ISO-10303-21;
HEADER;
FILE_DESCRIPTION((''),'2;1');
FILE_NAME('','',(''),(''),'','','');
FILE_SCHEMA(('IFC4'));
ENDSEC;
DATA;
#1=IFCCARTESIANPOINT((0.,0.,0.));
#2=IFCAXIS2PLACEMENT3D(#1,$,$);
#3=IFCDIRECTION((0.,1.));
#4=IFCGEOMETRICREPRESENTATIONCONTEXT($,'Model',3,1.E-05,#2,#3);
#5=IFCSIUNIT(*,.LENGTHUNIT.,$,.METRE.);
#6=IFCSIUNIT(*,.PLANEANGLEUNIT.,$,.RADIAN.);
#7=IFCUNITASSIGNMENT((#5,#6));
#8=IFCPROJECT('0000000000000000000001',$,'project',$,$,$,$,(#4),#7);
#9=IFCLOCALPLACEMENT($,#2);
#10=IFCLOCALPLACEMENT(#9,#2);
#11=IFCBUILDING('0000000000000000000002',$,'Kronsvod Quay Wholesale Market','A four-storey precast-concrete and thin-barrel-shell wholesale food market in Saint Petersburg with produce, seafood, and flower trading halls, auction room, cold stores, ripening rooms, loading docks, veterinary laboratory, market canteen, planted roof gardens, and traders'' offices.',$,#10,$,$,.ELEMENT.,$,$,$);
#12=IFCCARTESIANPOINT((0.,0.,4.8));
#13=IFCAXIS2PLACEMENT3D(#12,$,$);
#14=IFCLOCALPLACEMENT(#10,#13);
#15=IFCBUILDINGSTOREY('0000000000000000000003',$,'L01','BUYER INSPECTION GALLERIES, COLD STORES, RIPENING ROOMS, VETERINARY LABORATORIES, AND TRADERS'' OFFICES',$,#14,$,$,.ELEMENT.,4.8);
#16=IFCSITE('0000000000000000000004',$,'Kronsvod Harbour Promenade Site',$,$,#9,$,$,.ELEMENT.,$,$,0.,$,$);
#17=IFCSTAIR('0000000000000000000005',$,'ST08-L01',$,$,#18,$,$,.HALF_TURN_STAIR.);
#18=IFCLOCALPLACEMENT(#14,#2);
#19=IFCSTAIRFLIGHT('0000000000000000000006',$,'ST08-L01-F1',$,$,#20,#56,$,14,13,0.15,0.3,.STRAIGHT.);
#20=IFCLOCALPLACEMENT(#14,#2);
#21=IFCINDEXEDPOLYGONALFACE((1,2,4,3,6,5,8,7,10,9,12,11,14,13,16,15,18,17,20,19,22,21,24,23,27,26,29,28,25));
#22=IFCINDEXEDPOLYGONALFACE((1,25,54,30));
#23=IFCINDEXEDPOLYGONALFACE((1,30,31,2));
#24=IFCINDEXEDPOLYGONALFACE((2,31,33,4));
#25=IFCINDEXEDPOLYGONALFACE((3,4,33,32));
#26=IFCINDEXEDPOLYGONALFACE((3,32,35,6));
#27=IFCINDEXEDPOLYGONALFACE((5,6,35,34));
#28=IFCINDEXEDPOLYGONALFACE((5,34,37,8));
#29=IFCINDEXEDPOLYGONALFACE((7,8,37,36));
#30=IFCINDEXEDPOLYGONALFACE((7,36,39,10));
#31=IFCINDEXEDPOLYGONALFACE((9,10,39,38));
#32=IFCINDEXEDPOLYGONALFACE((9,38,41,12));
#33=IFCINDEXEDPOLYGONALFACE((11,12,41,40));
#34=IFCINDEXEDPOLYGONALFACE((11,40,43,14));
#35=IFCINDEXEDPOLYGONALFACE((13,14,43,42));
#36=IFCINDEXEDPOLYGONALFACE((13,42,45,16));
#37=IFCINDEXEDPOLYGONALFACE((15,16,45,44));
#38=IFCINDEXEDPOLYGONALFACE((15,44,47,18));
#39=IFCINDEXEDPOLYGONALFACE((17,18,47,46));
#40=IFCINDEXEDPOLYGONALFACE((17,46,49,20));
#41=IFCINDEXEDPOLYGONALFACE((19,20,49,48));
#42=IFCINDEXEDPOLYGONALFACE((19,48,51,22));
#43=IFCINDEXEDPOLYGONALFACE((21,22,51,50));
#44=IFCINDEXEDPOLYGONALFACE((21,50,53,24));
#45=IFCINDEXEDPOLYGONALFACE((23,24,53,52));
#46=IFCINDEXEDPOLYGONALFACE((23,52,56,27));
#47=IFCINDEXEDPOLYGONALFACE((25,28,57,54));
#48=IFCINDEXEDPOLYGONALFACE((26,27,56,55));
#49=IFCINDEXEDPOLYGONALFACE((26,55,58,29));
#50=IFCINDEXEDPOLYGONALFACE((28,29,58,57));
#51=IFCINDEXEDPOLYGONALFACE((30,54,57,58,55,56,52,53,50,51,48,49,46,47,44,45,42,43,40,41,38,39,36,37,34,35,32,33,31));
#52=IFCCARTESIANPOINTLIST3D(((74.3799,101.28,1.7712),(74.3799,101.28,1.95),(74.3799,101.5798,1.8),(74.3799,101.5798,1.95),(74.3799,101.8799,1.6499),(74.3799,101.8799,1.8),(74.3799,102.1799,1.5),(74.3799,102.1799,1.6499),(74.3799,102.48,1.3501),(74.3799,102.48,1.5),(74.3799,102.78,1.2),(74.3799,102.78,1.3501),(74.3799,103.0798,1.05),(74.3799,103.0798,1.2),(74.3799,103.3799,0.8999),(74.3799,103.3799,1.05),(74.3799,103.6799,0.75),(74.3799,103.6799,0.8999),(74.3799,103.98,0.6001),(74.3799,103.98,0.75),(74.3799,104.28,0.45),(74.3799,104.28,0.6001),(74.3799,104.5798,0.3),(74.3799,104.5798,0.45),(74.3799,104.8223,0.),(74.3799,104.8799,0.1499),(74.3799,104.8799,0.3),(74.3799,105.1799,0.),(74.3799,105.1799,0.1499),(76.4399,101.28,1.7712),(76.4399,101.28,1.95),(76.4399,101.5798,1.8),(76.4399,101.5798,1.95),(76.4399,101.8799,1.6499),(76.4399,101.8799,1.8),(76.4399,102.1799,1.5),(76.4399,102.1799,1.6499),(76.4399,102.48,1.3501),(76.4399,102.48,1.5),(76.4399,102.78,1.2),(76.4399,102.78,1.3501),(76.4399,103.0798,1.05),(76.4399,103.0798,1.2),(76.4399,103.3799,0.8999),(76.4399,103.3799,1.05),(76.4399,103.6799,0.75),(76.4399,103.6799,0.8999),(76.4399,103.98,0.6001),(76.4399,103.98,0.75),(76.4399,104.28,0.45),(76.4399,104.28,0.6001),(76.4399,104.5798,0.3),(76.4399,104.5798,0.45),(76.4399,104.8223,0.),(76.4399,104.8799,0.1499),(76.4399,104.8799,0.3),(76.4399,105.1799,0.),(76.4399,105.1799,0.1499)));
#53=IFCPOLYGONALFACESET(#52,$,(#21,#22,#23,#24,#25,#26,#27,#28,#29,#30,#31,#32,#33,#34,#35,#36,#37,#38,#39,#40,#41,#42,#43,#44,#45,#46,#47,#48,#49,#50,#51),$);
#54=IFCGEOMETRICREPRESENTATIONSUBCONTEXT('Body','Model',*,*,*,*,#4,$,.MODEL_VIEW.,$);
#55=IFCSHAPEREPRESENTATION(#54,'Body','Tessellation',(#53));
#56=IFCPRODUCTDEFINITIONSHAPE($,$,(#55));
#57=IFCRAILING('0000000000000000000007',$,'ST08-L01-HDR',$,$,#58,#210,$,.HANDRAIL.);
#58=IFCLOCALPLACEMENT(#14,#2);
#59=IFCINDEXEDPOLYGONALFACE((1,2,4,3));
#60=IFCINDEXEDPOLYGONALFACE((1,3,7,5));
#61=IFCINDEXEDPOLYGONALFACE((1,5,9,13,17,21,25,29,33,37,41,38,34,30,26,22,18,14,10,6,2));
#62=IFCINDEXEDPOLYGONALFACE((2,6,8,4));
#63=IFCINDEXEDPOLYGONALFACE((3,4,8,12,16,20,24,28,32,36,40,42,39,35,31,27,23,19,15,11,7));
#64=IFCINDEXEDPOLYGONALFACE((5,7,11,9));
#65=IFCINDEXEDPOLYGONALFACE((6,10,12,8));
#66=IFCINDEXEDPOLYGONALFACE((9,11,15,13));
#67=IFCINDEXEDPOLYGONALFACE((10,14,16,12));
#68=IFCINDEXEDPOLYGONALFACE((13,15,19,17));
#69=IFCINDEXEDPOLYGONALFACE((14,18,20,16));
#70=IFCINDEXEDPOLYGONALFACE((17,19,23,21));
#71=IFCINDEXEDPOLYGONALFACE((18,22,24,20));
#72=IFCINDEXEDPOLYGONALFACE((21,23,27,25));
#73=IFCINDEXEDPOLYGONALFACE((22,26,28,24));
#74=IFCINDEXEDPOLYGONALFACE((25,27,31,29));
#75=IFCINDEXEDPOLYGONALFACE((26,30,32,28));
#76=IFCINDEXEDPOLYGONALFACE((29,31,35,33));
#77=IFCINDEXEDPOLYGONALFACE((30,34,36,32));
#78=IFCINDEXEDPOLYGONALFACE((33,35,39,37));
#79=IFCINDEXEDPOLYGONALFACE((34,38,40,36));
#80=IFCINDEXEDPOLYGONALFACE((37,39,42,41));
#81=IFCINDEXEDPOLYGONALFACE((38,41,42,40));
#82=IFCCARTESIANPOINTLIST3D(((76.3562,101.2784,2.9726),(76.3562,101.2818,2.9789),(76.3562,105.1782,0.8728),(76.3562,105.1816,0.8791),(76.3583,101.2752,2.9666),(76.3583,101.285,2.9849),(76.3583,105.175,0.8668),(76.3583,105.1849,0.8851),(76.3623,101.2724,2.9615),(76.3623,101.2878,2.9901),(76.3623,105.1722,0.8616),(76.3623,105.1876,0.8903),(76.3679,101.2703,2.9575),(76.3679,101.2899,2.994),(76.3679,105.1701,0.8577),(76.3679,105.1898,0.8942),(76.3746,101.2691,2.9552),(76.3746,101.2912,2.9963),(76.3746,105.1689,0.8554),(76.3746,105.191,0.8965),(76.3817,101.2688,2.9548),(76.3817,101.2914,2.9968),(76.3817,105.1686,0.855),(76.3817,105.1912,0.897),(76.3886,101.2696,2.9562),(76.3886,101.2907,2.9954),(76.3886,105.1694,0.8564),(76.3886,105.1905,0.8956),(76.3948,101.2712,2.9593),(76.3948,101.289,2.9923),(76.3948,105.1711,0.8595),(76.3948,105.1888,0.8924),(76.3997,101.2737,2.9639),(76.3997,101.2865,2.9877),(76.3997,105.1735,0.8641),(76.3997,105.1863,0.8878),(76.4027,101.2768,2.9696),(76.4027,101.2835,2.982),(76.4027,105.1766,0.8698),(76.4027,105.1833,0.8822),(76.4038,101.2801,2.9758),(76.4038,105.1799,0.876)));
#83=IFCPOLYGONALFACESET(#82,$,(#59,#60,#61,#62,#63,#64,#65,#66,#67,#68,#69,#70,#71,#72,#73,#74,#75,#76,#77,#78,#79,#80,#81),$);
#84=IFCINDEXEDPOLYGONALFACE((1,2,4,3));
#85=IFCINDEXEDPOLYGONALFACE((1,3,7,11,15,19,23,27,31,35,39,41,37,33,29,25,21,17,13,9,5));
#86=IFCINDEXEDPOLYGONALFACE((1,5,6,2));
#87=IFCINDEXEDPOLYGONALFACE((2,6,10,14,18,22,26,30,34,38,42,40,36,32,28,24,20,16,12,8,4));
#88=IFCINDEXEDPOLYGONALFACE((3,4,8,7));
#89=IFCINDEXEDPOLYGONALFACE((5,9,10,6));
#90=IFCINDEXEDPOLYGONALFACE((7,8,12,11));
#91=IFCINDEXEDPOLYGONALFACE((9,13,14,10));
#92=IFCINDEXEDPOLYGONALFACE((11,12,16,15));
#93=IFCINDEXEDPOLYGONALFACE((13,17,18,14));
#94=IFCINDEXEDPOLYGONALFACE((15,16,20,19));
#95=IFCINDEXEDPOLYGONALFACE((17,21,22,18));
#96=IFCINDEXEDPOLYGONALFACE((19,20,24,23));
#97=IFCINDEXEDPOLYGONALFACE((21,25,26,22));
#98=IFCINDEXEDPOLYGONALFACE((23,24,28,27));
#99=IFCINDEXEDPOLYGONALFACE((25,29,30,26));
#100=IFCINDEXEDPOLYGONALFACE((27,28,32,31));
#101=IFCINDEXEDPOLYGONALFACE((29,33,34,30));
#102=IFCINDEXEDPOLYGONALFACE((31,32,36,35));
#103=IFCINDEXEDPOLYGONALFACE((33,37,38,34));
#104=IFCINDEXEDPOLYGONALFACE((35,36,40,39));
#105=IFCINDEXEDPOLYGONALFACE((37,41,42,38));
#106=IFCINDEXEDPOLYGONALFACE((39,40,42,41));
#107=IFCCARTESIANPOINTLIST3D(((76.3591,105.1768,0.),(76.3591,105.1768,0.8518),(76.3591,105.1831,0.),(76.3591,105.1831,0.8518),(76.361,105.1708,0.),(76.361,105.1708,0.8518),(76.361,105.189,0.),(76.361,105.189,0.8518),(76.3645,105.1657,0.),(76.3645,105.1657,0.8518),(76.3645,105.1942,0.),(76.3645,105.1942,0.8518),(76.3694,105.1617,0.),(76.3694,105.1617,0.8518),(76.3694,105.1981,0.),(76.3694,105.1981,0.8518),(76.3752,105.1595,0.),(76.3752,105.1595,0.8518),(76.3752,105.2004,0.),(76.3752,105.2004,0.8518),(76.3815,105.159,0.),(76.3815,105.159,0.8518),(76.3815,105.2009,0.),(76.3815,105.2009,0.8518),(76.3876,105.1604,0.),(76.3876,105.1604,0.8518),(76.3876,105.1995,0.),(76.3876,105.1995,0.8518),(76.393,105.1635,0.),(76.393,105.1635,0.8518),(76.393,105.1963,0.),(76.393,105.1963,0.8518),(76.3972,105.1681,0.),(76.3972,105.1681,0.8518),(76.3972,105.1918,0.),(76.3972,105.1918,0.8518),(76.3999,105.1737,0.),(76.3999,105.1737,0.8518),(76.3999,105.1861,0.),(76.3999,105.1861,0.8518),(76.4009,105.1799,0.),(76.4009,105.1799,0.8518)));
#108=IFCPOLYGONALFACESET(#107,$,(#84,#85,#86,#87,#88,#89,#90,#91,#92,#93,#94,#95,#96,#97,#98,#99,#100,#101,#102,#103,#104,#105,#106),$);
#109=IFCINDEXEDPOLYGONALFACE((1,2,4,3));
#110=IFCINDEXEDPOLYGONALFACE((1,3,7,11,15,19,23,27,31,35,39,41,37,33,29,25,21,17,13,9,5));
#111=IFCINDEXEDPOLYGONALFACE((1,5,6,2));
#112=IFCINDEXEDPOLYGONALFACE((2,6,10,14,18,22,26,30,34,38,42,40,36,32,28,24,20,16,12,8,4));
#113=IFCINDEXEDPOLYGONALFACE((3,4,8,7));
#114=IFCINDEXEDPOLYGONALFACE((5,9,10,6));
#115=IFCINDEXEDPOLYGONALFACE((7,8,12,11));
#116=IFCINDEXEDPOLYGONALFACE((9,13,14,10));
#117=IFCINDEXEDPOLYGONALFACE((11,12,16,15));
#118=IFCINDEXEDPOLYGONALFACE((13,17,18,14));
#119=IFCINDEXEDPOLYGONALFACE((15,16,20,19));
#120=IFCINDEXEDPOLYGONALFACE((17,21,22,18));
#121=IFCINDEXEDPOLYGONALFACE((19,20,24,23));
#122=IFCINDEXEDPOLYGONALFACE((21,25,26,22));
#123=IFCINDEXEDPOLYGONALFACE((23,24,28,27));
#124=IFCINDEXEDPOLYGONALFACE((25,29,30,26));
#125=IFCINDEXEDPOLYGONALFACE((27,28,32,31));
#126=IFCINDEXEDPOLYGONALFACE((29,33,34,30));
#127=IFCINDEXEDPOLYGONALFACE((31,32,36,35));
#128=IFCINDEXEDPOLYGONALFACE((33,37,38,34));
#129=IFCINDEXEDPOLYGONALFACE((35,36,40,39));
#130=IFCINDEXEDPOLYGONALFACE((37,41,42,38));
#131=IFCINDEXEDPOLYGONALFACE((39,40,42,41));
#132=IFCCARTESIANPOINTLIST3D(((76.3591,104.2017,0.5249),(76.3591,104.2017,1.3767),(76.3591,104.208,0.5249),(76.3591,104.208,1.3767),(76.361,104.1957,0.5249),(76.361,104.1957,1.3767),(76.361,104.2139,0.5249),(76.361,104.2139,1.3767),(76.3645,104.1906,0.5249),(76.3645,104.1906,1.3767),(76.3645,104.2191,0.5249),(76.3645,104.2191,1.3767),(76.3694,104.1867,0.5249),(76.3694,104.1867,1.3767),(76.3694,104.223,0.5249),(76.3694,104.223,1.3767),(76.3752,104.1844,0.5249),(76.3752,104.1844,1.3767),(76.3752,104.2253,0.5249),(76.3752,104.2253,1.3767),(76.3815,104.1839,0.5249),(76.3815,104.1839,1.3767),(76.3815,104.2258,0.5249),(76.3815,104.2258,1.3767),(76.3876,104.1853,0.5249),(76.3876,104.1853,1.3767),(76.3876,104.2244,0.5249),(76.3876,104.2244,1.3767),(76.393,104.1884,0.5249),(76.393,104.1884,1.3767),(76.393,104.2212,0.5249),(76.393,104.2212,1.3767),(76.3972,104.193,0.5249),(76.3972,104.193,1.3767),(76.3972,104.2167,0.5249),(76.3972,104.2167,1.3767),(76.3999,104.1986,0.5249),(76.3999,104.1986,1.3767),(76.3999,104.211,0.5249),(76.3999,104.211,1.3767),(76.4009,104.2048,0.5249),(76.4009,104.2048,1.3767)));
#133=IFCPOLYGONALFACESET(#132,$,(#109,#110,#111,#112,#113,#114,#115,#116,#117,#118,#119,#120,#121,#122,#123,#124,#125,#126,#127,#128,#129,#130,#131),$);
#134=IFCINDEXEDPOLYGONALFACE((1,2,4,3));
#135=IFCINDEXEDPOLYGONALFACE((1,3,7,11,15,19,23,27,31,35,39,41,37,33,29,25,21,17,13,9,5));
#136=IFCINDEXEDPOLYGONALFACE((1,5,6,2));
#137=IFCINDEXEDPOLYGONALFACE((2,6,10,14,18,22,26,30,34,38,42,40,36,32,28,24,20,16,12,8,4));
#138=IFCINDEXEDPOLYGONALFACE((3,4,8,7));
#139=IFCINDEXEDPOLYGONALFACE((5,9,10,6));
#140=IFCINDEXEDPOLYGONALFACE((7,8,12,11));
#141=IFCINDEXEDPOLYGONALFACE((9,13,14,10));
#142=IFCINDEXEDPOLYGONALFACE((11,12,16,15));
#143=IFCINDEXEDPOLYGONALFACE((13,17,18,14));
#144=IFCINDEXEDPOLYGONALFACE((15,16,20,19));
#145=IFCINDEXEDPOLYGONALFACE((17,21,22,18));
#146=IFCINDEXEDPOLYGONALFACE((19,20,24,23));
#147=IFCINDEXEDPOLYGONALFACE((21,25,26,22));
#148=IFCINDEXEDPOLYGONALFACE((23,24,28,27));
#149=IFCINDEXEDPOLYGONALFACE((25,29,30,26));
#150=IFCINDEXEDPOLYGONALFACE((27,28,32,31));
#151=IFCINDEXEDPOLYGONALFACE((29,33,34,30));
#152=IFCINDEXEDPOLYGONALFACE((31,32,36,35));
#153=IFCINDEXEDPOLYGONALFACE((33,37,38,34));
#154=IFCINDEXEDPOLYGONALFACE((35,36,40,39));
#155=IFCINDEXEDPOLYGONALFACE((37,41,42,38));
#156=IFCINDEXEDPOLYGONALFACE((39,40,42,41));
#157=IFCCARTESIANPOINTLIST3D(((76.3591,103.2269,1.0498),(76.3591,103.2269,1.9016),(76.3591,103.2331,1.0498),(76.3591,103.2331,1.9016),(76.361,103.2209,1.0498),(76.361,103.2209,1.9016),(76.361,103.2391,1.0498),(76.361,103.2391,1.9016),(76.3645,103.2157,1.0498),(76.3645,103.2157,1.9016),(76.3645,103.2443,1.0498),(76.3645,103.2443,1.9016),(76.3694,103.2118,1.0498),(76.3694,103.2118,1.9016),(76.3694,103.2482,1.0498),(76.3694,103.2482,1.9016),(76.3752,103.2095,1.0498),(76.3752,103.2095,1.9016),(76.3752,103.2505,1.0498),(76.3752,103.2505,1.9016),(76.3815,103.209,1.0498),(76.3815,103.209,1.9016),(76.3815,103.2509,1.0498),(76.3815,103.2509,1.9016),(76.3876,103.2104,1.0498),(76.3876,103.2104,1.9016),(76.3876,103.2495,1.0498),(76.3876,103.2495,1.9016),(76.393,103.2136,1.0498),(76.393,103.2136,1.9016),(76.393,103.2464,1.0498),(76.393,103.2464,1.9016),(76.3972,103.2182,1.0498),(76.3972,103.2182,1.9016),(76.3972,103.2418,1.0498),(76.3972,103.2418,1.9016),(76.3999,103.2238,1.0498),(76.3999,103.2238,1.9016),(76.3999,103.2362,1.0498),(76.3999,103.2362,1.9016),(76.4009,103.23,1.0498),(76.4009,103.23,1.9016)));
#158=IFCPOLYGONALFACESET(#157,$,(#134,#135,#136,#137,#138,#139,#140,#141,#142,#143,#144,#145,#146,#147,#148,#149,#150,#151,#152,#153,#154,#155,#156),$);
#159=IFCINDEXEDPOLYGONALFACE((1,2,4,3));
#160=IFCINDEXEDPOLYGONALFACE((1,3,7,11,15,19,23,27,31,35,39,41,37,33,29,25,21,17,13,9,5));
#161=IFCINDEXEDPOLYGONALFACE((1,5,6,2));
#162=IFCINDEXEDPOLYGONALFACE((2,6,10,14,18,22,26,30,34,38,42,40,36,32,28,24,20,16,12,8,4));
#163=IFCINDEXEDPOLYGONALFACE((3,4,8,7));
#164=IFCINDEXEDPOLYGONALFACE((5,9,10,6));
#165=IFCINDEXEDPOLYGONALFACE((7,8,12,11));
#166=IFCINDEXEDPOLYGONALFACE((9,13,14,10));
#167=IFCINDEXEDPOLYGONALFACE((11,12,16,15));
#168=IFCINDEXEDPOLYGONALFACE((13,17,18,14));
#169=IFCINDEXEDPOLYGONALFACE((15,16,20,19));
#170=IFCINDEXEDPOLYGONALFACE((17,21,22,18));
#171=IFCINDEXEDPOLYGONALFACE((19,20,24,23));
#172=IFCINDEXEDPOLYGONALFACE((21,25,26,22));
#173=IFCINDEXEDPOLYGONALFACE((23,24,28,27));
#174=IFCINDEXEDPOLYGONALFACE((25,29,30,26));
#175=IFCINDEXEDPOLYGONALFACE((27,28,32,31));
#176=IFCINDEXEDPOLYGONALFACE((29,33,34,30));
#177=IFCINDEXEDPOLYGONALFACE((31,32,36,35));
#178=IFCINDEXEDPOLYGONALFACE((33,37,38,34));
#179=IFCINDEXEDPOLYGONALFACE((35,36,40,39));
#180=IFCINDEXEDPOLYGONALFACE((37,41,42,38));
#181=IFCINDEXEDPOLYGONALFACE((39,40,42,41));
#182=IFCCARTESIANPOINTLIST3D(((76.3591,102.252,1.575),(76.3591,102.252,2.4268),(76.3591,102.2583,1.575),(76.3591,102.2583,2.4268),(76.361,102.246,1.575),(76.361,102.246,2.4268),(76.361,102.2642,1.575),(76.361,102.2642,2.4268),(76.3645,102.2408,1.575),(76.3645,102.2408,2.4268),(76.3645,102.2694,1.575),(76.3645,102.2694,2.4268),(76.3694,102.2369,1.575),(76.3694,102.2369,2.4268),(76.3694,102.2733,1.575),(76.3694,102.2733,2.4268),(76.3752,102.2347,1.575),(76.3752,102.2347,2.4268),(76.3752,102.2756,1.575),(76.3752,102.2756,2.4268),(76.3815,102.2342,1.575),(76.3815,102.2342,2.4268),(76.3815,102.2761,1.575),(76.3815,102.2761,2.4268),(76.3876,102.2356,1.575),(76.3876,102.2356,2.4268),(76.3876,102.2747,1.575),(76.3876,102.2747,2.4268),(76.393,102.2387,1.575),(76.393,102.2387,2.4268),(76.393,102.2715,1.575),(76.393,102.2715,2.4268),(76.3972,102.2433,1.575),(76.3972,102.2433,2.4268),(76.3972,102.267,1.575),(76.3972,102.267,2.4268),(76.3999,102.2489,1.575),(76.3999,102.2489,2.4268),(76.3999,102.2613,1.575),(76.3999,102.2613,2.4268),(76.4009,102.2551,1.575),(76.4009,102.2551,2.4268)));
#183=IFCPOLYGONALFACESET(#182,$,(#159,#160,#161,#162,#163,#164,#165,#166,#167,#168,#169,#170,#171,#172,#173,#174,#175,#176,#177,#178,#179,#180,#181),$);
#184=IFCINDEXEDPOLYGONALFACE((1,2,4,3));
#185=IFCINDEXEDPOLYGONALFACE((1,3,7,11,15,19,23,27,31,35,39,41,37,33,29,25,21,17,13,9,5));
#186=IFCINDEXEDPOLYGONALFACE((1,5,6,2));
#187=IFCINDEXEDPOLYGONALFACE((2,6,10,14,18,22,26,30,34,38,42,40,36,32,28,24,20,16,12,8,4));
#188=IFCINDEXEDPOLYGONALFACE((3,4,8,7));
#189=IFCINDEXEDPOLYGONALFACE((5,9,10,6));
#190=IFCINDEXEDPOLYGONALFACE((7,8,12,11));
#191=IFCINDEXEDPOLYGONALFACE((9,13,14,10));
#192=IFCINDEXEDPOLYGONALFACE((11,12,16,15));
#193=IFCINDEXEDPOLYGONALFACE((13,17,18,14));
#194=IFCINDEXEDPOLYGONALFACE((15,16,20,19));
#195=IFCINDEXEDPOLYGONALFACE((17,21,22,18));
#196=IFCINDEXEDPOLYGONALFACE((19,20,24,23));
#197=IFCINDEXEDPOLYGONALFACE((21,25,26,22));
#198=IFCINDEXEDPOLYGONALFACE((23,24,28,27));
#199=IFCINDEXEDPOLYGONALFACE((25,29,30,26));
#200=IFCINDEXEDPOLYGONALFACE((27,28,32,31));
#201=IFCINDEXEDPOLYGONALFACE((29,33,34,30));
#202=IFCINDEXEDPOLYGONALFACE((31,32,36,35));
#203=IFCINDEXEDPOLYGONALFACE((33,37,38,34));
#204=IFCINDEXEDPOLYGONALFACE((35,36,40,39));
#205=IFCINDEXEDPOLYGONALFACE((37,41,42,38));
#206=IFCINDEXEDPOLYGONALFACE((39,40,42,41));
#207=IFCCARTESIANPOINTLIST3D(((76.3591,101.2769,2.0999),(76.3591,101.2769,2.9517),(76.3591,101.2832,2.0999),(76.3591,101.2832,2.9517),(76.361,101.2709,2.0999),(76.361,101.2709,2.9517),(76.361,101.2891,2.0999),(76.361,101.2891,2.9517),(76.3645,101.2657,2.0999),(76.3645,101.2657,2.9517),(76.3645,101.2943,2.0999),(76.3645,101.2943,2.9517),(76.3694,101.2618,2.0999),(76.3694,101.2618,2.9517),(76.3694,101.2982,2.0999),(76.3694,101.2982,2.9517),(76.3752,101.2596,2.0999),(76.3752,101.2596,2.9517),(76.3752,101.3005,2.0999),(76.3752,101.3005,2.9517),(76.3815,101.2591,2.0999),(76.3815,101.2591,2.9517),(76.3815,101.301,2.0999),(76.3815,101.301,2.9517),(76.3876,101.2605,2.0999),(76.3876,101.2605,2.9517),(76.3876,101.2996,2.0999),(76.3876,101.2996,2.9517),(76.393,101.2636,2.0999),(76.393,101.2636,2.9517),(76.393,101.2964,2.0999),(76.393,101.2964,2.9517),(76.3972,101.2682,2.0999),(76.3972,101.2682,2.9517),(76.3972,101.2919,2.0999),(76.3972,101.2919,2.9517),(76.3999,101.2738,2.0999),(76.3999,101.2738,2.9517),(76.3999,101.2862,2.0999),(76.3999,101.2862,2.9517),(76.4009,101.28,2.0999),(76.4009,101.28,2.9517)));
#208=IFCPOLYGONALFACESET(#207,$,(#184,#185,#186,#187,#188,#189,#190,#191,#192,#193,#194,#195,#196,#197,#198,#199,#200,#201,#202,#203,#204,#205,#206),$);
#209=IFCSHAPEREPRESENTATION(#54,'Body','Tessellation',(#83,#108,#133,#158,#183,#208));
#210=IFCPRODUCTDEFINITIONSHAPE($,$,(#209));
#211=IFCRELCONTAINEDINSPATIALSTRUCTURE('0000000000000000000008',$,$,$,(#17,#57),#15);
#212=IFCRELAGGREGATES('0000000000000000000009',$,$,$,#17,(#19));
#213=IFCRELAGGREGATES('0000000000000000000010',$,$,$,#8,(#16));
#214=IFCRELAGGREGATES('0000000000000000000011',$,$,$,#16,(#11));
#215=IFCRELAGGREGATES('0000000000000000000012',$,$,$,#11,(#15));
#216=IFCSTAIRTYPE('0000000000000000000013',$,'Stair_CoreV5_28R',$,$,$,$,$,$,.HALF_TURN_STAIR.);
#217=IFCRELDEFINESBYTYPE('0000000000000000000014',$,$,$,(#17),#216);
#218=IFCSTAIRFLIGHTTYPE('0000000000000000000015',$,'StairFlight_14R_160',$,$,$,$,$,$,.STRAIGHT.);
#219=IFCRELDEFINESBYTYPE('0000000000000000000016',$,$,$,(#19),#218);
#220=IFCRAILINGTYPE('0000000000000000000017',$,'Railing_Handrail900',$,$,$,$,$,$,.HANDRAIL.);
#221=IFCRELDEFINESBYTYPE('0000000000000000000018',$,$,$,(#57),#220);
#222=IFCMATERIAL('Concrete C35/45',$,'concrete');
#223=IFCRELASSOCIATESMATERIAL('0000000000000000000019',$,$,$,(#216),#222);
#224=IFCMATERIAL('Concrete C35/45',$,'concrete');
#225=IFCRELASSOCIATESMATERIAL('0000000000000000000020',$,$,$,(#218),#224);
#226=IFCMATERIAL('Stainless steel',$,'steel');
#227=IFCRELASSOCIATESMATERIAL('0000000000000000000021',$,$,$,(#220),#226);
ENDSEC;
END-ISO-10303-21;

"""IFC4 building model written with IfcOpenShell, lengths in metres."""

from ifc_helpers import new_model, si_unit, direction, frame, origin, origin_2d, place, context, subcontext, project, spatial, polyline, circle, outline, extrude, material, type_object, element, aggregate, save


model = new_model("IFC4")

# Units and contexts
model_context = context("Model", 3, precision=1e-05, world=origin(), true_north=direction((0.0, 1.0)))
body_context = subcontext(model_context, "Body", "Model", "MODEL_VIEW")
ifc_project = project(units=[si_unit("LENGTHUNIT", "METRE"), si_unit("PLANEANGLEUNIT", "RADIAN")], contexts=[model_context])

# Site, building, storey
site_placement = place(None, origin())
site = spatial("IfcSite", under=ifc_project, at=site_placement, Name="Kronsvod Harbour Promenade Site", CompositionType="ELEMENT", RefElevation=0.0)
building_placement = place(site_placement, origin())
building = spatial("IfcBuilding", under=site, at=building_placement, Name="Kronsvod Quay Wholesale Market", Description="A four-storey precast-concrete and thin-barrel-shell wholesale food market in Saint Petersburg with produce, seafood, and flower trading halls, auction room, cold stores, ripening rooms, loading docks, veterinary laboratory, market canteen, planted roof gardens, and traders' offices.", CompositionType="ELEMENT")
storey_placement = place(building_placement, frame((0.0, 0.0, 4.8)))
storey = spatial("IfcBuildingStorey", under=building, at=storey_placement, Name="L01", Description="BUYER INSPECTION GALLERIES, COLD STORES, RIPENING ROOMS, VETERINARY LABORATORIES, AND TRADERS' OFFICES", CompositionType="ELEMENT", Elevation=4.8)

# Stair, stair flight
ifc_material_1 = material(Name="Concrete C35/45", Category="concrete")
stair_type = type_object("IfcStairType", Name="Stair_CoreV5_28R", PredefinedType="HALF_TURN_STAIR", material=ifc_material_1)
stair_placement = place(storey_placement, origin())
stair = element("IfcStair", 1, at=stair_placement, inside=storey, type_object=stair_type, Name="ST08-L01", PredefinedType="HALF_TURN_STAIR")
ifc_material_2 = material(Name="Concrete C35/45", Category="concrete")
stair_flight_type = type_object("IfcStairFlightType", Name="StairFlight_14R_160", PredefinedType="STRAIGHT", material=ifc_material_2)
stair_flight_placement = place(storey_placement, frame((75.4099, 105.1799, 0.0), z_axis=(0.0, 0.0, 1.0), x_axis=(0.0, -1.0, 0.0)))
stair_flight = element("IfcStairFlight", 2, at=stair_flight_placement, type_object=stair_flight_type, Name="ST08-L01-F1", NumberOfRisers=14, NumberOfTreads=13, PredefinedType="STRAIGHT", RiserHeight=0.15, TreadLength=0.3, context=body_context, shape_type="SweptSolid", body=[
    extrude(outline(polyline([(0.0, 0.0), (0.0, 0.1499), (0.3, 0.1499), (0.3, 0.3), (0.6001, 0.3), (0.6001, 0.45), (0.8999, 0.45), (0.8999, 0.6001), (1.2, 0.6001), (1.2, 0.75), (1.5, 0.75), (1.5, 0.8999), (1.8, 0.8999), (1.8, 1.05), (2.1001, 1.05), (2.1001, 1.2), (2.3999, 1.2), (2.3999, 1.3501), (2.7, 1.3501), (2.7, 1.5), (3.0, 1.5), (3.0, 1.6499), (3.3, 1.6499), (3.3, 1.8), (3.6001, 1.8), (3.6001, 1.95), (3.8999, 1.95), (3.8999, 2.1001), (3.8999, 1.7712), (0.3577, 0.0), (0.0, 0.0)])), frame((0.0, 1.03, 0.0), z_axis=(0.0, -1.0, 0.0), x_axis=(1.0, 0.0, 0.0)), (0.0, 0.0, 1.0), 2.0601),
])
aggregate(stair, [stair_flight])

# Railing
ifc_material_3 = material(Name="Stainless steel", Category="steel")
railing_type = type_object("IfcRailingType", Name="Railing_Handrail900", PredefinedType="HANDRAIL", material=ifc_material_3)
railing_placement = place(storey_placement, frame((76.3799, 105.1799, 0.0)))
element("IfcRailing", 3, at=railing_placement, inside=storey, type_object=railing_type, Name="ST08-L01-HDR", PredefinedType="HANDRAIL", context=body_context, shape_type="SweptSolid", body=[
    extrude(circle(Radius=0.0239, at=origin_2d()), frame((0.0, 0.0, 0.876), z_axis=(0.0, -0.88048, 0.474083), x_axis=(1.0, 0.0, 0.0)), (0.0, 0.0, 1.0), 4.4292),
    extrude(circle(Radius=0.021, at=origin_2d()), origin(), (0.0, 0.0, 1.0), 0.8518),
    extrude(circle(Radius=0.021, at=origin_2d()), frame((0.0, -0.9751, 0.5249)), (0.0, 0.0, 1.0), 0.8518),
    extrude(circle(Radius=0.021, at=origin_2d()), frame((0.0, -1.95, 1.0498)), (0.0, 0.0, 1.0), 0.8518),
    extrude(circle(Radius=0.021, at=origin_2d()), frame((0.0, -2.9248, 1.575)), (0.0, 0.0, 1.0), 0.8518),
    extrude(circle(Radius=0.021, at=origin_2d()), frame((0.0, -3.8999, 2.0999)), (0.0, 0.0, 1.0), 0.8518),
])

save(model, "model.ifc")
